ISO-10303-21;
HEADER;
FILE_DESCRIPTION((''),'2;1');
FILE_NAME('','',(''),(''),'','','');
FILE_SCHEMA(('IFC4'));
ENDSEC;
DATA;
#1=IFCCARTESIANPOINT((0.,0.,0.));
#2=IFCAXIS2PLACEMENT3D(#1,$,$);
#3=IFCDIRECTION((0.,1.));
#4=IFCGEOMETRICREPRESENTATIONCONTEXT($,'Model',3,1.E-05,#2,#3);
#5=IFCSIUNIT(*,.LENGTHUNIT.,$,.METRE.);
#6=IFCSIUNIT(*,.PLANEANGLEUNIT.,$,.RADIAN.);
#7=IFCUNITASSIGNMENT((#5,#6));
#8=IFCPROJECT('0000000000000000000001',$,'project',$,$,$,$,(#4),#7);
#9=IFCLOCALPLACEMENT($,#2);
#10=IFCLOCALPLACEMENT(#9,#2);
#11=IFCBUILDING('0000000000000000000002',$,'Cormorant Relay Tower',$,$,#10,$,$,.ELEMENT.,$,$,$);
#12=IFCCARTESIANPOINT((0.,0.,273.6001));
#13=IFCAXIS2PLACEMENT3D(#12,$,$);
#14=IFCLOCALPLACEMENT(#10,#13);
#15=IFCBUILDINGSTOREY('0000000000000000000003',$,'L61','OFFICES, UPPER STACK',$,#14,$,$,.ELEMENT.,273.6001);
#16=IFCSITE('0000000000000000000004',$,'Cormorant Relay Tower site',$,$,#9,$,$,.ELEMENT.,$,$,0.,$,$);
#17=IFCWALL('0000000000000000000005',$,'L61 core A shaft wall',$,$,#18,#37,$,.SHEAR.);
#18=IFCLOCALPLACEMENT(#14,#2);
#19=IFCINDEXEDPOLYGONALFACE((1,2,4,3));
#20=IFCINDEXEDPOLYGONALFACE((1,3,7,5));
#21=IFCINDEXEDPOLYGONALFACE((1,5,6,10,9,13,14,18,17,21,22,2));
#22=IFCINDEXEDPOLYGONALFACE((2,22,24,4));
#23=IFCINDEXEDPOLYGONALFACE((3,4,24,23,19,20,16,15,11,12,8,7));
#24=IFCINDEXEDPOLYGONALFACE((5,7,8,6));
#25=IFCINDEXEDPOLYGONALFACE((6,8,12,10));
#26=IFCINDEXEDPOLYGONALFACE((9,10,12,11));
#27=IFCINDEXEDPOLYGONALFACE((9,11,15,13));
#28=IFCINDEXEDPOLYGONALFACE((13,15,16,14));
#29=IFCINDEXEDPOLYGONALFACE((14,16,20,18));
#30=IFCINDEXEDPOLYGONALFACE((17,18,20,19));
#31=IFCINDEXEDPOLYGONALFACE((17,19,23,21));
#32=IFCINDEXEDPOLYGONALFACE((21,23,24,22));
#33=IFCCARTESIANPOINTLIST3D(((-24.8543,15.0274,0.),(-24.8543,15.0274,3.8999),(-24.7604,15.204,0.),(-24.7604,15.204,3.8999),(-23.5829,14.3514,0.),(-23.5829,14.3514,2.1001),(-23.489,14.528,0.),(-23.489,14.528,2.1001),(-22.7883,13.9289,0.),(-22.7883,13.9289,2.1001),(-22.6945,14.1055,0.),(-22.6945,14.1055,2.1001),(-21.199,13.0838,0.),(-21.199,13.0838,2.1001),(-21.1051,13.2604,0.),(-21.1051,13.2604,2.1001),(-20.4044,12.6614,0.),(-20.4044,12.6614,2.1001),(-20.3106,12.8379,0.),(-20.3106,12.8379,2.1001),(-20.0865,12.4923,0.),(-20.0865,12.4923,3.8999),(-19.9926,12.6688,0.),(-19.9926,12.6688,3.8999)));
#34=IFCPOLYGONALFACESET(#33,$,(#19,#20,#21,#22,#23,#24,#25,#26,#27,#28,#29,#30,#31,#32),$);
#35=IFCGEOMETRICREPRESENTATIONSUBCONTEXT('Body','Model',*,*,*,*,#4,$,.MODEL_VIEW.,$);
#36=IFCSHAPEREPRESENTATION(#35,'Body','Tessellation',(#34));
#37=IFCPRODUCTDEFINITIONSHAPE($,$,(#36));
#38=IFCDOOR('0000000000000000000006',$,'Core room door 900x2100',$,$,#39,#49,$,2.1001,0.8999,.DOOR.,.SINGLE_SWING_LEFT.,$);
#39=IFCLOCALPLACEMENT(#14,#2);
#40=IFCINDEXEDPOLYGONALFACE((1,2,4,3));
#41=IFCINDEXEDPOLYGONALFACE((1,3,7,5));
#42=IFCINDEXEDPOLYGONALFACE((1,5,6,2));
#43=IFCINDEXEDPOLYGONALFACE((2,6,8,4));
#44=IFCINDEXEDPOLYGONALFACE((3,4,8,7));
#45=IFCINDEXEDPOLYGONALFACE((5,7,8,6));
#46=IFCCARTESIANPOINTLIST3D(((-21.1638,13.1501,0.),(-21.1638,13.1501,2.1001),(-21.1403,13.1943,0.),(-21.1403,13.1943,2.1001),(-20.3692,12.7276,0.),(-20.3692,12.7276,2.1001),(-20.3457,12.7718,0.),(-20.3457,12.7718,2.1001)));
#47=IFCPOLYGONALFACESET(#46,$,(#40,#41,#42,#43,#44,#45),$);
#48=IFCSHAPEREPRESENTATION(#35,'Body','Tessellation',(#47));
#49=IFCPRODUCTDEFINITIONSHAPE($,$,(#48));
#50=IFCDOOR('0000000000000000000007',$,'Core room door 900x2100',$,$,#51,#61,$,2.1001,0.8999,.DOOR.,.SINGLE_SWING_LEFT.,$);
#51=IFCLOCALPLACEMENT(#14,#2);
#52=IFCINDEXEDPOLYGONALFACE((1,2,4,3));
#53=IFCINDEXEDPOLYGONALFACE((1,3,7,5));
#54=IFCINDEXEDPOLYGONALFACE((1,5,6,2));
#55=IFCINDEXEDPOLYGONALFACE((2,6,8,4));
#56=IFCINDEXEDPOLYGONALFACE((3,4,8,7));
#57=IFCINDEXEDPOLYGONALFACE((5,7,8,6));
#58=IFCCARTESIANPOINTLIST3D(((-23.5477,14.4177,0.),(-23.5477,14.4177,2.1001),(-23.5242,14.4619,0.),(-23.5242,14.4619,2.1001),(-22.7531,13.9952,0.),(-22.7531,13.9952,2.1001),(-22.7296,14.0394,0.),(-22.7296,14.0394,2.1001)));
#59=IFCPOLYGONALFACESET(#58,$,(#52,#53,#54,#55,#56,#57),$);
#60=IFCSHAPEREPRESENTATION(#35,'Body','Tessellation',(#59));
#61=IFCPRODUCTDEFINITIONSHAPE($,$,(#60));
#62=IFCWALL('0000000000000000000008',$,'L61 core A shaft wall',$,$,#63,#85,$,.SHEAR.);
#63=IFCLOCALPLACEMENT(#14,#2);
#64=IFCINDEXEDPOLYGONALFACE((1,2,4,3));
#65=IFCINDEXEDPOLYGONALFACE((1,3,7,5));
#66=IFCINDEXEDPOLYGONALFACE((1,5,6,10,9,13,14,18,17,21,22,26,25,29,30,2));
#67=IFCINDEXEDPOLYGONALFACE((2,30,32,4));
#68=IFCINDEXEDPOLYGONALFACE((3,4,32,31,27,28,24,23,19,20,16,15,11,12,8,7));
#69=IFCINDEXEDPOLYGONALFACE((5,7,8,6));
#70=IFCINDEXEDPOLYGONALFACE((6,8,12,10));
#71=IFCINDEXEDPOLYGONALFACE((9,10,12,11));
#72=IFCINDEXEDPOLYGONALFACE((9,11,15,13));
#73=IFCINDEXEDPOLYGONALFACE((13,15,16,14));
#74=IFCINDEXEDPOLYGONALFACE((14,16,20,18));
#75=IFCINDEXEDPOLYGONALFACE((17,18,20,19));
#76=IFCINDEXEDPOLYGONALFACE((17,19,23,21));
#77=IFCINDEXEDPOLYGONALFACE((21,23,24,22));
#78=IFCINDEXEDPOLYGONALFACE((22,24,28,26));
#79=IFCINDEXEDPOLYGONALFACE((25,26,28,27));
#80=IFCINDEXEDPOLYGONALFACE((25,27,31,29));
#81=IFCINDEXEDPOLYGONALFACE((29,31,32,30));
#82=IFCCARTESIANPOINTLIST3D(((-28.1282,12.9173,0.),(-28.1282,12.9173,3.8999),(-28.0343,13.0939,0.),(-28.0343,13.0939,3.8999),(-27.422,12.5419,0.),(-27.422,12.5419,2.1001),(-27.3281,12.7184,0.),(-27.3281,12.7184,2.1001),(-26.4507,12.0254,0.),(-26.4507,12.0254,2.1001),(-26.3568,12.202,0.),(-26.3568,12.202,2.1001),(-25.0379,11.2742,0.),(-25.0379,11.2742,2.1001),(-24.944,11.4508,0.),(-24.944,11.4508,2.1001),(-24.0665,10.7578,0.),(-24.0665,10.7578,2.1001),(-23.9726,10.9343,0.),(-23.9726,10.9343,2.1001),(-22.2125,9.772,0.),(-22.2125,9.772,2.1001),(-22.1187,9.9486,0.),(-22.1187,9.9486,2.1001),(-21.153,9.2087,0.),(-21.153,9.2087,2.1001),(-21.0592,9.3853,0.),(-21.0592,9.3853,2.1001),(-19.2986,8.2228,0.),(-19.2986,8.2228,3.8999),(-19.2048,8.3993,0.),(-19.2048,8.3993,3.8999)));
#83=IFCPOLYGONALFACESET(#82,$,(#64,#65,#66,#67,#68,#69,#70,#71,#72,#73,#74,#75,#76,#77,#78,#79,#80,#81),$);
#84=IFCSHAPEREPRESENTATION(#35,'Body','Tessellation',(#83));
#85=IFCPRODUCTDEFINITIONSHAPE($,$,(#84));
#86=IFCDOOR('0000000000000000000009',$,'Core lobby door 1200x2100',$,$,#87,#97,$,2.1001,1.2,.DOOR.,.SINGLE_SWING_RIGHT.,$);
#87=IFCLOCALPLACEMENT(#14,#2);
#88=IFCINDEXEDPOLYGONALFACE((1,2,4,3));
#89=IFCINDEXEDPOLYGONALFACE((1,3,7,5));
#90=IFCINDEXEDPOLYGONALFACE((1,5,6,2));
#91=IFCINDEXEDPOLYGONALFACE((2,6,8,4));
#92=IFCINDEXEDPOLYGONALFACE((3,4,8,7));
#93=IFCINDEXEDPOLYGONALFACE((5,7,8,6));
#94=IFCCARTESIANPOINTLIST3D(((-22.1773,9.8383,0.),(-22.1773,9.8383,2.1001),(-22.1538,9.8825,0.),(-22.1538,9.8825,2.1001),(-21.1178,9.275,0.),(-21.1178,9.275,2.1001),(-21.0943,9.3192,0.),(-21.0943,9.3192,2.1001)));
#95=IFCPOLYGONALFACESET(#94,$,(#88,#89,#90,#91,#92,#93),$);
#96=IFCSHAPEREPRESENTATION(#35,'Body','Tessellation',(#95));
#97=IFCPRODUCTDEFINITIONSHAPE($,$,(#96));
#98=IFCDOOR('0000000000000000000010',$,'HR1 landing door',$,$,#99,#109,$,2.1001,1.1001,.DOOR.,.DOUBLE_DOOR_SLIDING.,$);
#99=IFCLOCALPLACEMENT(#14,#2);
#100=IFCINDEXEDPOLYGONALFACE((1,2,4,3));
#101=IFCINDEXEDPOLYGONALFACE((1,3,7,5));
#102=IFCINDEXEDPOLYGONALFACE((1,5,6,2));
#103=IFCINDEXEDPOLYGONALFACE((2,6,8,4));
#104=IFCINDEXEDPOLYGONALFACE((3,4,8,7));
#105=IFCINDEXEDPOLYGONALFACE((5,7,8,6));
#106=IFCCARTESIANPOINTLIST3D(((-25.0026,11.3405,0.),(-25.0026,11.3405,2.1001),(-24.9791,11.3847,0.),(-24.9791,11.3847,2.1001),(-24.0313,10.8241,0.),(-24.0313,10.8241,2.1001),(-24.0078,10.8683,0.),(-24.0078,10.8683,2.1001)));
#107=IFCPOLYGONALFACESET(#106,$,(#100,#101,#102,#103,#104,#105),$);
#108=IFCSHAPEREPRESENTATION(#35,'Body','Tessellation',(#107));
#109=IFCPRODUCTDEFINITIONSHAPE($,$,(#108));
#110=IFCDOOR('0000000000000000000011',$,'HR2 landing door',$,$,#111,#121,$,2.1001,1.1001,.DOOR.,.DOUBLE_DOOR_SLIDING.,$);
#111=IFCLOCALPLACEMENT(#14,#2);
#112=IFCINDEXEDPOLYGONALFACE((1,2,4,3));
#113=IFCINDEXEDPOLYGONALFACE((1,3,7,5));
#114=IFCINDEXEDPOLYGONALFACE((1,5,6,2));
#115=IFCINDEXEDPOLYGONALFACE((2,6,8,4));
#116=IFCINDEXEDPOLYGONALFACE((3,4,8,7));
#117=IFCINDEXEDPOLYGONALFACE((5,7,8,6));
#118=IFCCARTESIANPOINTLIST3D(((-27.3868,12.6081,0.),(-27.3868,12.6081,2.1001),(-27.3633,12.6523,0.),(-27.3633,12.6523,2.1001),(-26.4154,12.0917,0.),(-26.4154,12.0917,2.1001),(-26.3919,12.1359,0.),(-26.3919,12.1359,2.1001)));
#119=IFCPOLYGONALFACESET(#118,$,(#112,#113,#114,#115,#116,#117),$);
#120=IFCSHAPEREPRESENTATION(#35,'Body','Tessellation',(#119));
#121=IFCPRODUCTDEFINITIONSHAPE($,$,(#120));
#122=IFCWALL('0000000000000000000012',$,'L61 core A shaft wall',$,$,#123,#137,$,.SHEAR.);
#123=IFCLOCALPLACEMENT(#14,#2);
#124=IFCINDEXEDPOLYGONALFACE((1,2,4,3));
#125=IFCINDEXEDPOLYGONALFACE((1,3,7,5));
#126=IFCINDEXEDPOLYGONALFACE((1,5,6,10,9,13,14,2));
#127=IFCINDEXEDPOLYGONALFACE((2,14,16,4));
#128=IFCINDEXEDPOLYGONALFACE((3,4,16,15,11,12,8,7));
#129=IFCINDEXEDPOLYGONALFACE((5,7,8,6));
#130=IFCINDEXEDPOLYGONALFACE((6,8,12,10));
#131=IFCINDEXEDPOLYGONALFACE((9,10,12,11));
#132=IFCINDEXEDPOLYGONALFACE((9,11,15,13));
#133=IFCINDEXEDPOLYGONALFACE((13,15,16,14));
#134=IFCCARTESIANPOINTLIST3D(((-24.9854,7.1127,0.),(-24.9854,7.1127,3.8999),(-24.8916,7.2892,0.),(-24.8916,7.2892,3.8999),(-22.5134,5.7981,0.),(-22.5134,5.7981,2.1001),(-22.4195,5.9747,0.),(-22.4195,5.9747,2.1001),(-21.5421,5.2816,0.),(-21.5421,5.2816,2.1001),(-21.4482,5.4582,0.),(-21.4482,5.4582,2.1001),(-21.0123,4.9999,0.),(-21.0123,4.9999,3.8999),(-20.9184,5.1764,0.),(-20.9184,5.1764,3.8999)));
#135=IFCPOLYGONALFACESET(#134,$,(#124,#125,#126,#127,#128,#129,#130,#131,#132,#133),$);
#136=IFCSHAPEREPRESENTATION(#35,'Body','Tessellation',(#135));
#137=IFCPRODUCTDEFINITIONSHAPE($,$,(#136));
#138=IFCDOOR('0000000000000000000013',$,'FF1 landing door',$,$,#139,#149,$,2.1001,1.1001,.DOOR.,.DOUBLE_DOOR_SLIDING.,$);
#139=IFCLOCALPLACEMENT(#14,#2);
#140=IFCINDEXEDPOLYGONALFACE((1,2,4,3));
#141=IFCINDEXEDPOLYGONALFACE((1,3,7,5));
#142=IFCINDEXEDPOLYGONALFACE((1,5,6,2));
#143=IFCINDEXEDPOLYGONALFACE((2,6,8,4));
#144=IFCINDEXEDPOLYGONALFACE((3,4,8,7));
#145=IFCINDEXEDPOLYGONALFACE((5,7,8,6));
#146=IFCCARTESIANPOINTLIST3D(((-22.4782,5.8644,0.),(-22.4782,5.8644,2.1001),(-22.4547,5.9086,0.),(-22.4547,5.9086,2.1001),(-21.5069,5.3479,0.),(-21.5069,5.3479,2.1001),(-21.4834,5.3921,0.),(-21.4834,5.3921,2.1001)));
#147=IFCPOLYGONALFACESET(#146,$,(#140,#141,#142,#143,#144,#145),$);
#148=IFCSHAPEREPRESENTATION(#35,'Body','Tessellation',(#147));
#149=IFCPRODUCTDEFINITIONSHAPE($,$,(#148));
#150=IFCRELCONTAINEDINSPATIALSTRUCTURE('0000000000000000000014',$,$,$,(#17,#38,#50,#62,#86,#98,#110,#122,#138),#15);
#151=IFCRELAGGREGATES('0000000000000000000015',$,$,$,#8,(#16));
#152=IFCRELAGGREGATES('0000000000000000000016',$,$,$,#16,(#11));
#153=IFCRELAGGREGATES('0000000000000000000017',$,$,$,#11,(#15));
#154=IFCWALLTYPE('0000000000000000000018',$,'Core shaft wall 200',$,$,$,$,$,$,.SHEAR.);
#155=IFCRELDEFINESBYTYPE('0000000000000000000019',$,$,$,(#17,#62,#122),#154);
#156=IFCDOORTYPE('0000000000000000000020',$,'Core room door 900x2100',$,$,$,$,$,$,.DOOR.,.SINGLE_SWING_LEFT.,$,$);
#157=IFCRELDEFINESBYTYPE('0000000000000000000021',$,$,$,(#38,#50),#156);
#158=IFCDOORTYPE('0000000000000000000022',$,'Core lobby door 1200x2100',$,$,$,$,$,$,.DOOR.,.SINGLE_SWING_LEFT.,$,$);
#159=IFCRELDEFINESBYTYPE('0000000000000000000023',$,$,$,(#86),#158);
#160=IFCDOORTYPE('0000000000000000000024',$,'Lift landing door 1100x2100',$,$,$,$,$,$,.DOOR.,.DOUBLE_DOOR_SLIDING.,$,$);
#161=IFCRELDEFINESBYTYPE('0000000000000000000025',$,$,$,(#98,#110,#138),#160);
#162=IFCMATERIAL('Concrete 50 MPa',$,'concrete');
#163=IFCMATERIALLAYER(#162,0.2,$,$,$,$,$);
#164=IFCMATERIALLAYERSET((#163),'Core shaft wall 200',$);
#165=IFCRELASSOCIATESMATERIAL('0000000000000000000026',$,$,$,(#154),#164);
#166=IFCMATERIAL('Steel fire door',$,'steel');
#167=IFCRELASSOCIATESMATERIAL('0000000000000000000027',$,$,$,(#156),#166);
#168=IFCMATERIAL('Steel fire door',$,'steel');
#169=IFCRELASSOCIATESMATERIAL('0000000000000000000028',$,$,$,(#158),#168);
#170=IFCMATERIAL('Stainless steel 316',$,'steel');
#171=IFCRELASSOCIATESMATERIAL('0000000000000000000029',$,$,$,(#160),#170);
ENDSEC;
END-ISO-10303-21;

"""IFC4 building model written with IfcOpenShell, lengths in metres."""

from ifc_helpers import new_model, si_unit, direction, frame, frame_2d, origin, place, context, subcontext, project, spatial, rectangle, extrude, material, layer, layer_set, type_object, element, fill, save


model = new_model("IFC4")

# Units and contexts
model_context = context("Model", 3, precision=1e-05, world=origin(), true_north=direction((0.0, 1.0)))
body_context = subcontext(model_context, "Body", "Model", "MODEL_VIEW")
ifc_project = project(units=[si_unit("LENGTHUNIT", "METRE"), si_unit("PLANEANGLEUNIT", "RADIAN")], contexts=[model_context])

# Site, building, storey
site_placement = place(None, origin())
site = spatial("IfcSite", under=ifc_project, at=site_placement, Name="Cormorant Relay Tower site", CompositionType="ELEMENT", RefElevation=0.0)
building_placement = place(site_placement, origin())
building = spatial("IfcBuilding", under=site, at=building_placement, Name="Cormorant Relay Tower", CompositionType="ELEMENT")
storey_placement = place(building_placement, frame((0.0, 0.0, 273.6001)))
storey = spatial("IfcBuildingStorey", under=building, at=storey_placement, Name="L61", Description="OFFICES, UPPER STACK", CompositionType="ELEMENT", Elevation=273.6001)

# Shared definitions
ifc_material_1 = material(Name="Concrete 50 MPa", Category="concrete")
ifc_layer_1 = layer(ifc_material_1, 0.2)
ifc_layer_set_1 = layer_set([ifc_layer_1], Name="Core shaft wall 200")
wall_type_1 = type_object("IfcWallType", Name="Core shaft wall 200", PredefinedType="SHEAR", material=ifc_layer_set_1)

# Walls, openings, doors
wall_1_placement = place(storey_placement, frame((-20.0396, 12.5806, 0.0), z_axis=(0.0, 0.0, 1.0), x_axis=(-0.882943, 0.46948, 0.0)))
wall_1 = element("IfcWall", 1, at=wall_1_placement, inside=storey, type_object=wall_type_1, Name="L61 core A shaft wall", PredefinedType="SHEAR", context=body_context, shape_type="SweptSolid", body=[
    extrude(rectangle(XDim=5.3999, YDim=0.2, at=frame_2d((2.7, 0.0))), origin(), (0.0, 0.0, 1.0), 3.8999),
])
opening_1_placement = place(wall_1_placement, frame((0.3601, 0.0, 0.0)))
opening_1 = element("IfcOpeningElement", 2, at=opening_1_placement, cuts=wall_1, PredefinedType="OPENING", context=body_context, shape_type="SweptSolid", body=[
    extrude(rectangle(XDim=0.8999, YDim=2.1001, at=frame_2d((0.45, 1.05))), frame((0.0, 0.1099, 0.0), z_axis=(0.0, -1.0, 0.0), x_axis=(1.0, 0.0, 0.0)), (0.0, 0.0, 1.0), 0.22),
])
opening_2_placement = place(wall_1_placement, frame((3.0601, 0.0, 0.0)))
opening_2 = element("IfcOpeningElement", 3, at=opening_2_placement, cuts=wall_1, PredefinedType="OPENING", context=body_context, shape_type="SweptSolid", body=[
    extrude(rectangle(XDim=0.8999, YDim=2.1001, at=frame_2d((0.45, 1.05))), frame((0.0, 0.1099, 0.0), z_axis=(0.0, -1.0, 0.0), x_axis=(1.0, 0.0, 0.0)), (0.0, 0.0, 1.0), 0.22),
])
ifc_material_2 = material(Name="Steel fire door", Category="steel")
door_type_1 = type_object("IfcDoorType", Name="Core room door 900x2100", OperationType="SINGLE_SWING_LEFT", PredefinedType="DOOR", material=ifc_material_2)
door_1_placement = place(opening_1_placement, origin())
door_1 = element("IfcDoor", 4, at=door_1_placement, inside=storey, type_object=door_type_1, Name="Core room door 900x2100", OperationType="SINGLE_SWING_LEFT", OverallHeight=2.1001, OverallWidth=0.8999, PredefinedType="DOOR", context=body_context, shape_type="SweptSolid", body=[
    extrude(rectangle(XDim=0.8999, YDim=2.1001, at=frame_2d((0.45, 1.05))), frame((0.0, 0.0249, 0.0), z_axis=(0.0, -1.0, 0.0), x_axis=(1.0, 0.0, 0.0)), (0.0, 0.0, 1.0), 0.05),
])
fill(opening_1, door_1)
door_2_placement = place(opening_2_placement, origin())
door_2 = element("IfcDoor", 5, at=door_2_placement, inside=storey, type_object=door_type_1, Name="Core room door 900x2100", OperationType="SINGLE_SWING_LEFT", OverallHeight=2.1001, OverallWidth=0.8999, PredefinedType="DOOR", context=body_context, shape_type="SweptSolid", body=[
    extrude(rectangle(XDim=0.8999, YDim=2.1001, at=frame_2d((0.45, 1.05))), frame((0.0, 0.0249, 0.0), z_axis=(0.0, -1.0, 0.0), x_axis=(1.0, 0.0, 0.0)), (0.0, 0.0, 1.0), 0.05),
])
fill(opening_2, door_2)
wall_2_placement = place(storey_placement, frame((-19.2517, 8.311, 0.0), z_axis=(0.0, 0.0, 1.0), x_axis=(-0.882956, 0.469456, 0.0)))
wall_2 = element("IfcWall", 6, at=wall_2_placement, inside=storey, type_object=wall_type_1, Name="L61 core A shaft wall", PredefinedType="SHEAR", context=body_context, shape_type="SweptSolid", body=[
    extrude(rectangle(XDim=10.0, YDim=0.2, at=frame_2d((5.0, 0.0))), origin(), (0.0, 0.0, 1.0), 3.8999),
])
opening_3_placement = place(wall_2_placement, frame((2.1001, 0.0, 0.0)))
opening_3 = element("IfcOpeningElement", 7, at=opening_3_placement, cuts=wall_2, PredefinedType="OPENING", context=body_context, shape_type="SweptSolid", body=[
    extrude(rectangle(XDim=1.2, YDim=2.1001, at=frame_2d((0.6001, 1.05))), frame((0.0, 0.1099, 0.0), z_axis=(0.0, -1.0, 0.0), x_axis=(1.0, 0.0, 0.0)), (0.0, 0.0, 1.0), 0.22),
])
opening_4_placement = place(wall_2_placement, frame((5.3999, 0.0, 0.0)))
opening_4 = element("IfcOpeningElement", 8, at=opening_4_placement, cuts=wall_2, PredefinedType="OPENING", context=body_context, shape_type="SweptSolid", body=[
    extrude(rectangle(XDim=1.1001, YDim=2.1001, at=frame_2d((0.55, 1.05))), frame((0.0, 0.1099, 0.0), z_axis=(0.0, -1.0, 0.0), x_axis=(1.0, 0.0, 0.0)), (0.0, 0.0, 1.0), 0.22),
])
opening_5_placement = place(wall_2_placement, frame((8.1001, 0.0, 0.0)))
opening_5 = element("IfcOpeningElement", 9, at=opening_5_placement, cuts=wall_2, PredefinedType="OPENING", context=body_context, shape_type="SweptSolid", body=[
    extrude(rectangle(XDim=1.1001, YDim=2.1001, at=frame_2d((0.55, 1.05))), frame((0.0, 0.1099, 0.0), z_axis=(0.0, -1.0, 0.0), x_axis=(1.0, 0.0, 0.0)), (0.0, 0.0, 1.0), 0.22),
])
ifc_material_3 = material(Name="Steel fire door", Category="steel")
door_type_2 = type_object("IfcDoorType", Name="Core lobby door 1200x2100", OperationType="SINGLE_SWING_LEFT", PredefinedType="DOOR", material=ifc_material_3)
door_3_placement = place(opening_3_placement, origin())
door_3 = element("IfcDoor", 10, at=door_3_placement, inside=storey, type_object=door_type_2, Name="Core lobby door 1200x2100", OperationType="SINGLE_SWING_RIGHT", OverallHeight=2.1001, OverallWidth=1.2, PredefinedType="DOOR", context=body_context, shape_type="SweptSolid", body=[
    extrude(rectangle(XDim=1.2, YDim=2.1001, at=frame_2d((0.6001, 1.05))), frame((0.0, 0.0249, 0.0), z_axis=(0.0, -1.0, 0.0), x_axis=(1.0, 0.0, 0.0)), (0.0, 0.0, 1.0), 0.05),
])
fill(opening_3, door_3)
ifc_material_4 = material(Name="Stainless steel 316", Category="steel")
door_type_3 = type_object("IfcDoorType", Name="Lift landing door 1100x2100", OperationType="DOUBLE_DOOR_SLIDING", PredefinedType="DOOR", material=ifc_material_4)
door_4_placement = place(opening_4_placement, origin())
door_4 = element("IfcDoor", 11, at=door_4_placement, inside=storey, type_object=door_type_3, Name="HR1 landing door", OperationType="DOUBLE_DOOR_SLIDING", OverallHeight=2.1001, OverallWidth=1.1001, PredefinedType="DOOR", context=body_context, shape_type="SweptSolid", body=[
    extrude(rectangle(XDim=1.1001, YDim=2.1001, at=frame_2d((0.55, 1.05))), frame((0.0, 0.0249, 0.0), z_axis=(0.0, -1.0, 0.0), x_axis=(1.0, 0.0, 0.0)), (0.0, 0.0, 1.0), 0.05),
])
fill(opening_4, door_4)
door_5_placement = place(opening_5_placement, origin())
door_5 = element("IfcDoor", 12, at=door_5_placement, inside=storey, type_object=door_type_3, Name="HR2 landing door", OperationType="DOUBLE_DOOR_SLIDING", OverallHeight=2.1001, OverallWidth=1.1001, PredefinedType="DOOR", context=body_context, shape_type="SweptSolid", body=[
    extrude(rectangle(XDim=1.1001, YDim=2.1001, at=frame_2d((0.55, 1.05))), frame((0.0, 0.0249, 0.0), z_axis=(0.0, -1.0, 0.0), x_axis=(1.0, 0.0, 0.0)), (0.0, 0.0, 1.0), 0.05),
])
fill(opening_5, door_5)

# Wall, opening, door
wall_3_placement = place(storey_placement, frame((-20.9653, 5.0881, 0.0), z_axis=(0.0, 0.0, 1.0), x_axis=(-0.882926, 0.469512, 0.0)))
wall_3 = element("IfcWall", 13, at=wall_3_placement, inside=storey, type_object=wall_type_1, Name="L61 core A shaft wall", PredefinedType="SHEAR", context=body_context, shape_type="SweptSolid", body=[
    extrude(rectangle(XDim=4.5, YDim=0.2, at=frame_2d((2.25, 0.0))), origin(), (0.0, 0.0, 1.0), 3.8999),
])
opening_6_placement = place(wall_3_placement, frame((0.6001, 0.0, 0.0)))
opening_6 = element("IfcOpeningElement", 14, at=opening_6_placement, cuts=wall_3, PredefinedType="OPENING", context=body_context, shape_type="SweptSolid", body=[
    extrude(rectangle(XDim=1.1001, YDim=2.1001, at=frame_2d((0.55, 1.05))), frame((0.0, 0.1099, 0.0), z_axis=(0.0, -1.0, 0.0), x_axis=(1.0, 0.0, 0.0)), (0.0, 0.0, 1.0), 0.22),
])
door_6_placement = place(opening_6_placement, origin())
door_6 = element("IfcDoor", 15, at=door_6_placement, inside=storey, type_object=door_type_3, Name="FF1 landing door", OperationType="DOUBLE_DOOR_SLIDING", OverallHeight=2.1001, OverallWidth=1.1001, PredefinedType="DOOR", context=body_context, shape_type="SweptSolid", body=[
    extrude(rectangle(XDim=1.1001, YDim=2.1001, at=frame_2d((0.55, 1.05))), frame((0.0, 0.0249, 0.0), z_axis=(0.0, -1.0, 0.0), x_axis=(1.0, 0.0, 0.0)), (0.0, 0.0, 1.0), 0.05),
])
fill(opening_6, door_6)

save(model, "model.ifc")
